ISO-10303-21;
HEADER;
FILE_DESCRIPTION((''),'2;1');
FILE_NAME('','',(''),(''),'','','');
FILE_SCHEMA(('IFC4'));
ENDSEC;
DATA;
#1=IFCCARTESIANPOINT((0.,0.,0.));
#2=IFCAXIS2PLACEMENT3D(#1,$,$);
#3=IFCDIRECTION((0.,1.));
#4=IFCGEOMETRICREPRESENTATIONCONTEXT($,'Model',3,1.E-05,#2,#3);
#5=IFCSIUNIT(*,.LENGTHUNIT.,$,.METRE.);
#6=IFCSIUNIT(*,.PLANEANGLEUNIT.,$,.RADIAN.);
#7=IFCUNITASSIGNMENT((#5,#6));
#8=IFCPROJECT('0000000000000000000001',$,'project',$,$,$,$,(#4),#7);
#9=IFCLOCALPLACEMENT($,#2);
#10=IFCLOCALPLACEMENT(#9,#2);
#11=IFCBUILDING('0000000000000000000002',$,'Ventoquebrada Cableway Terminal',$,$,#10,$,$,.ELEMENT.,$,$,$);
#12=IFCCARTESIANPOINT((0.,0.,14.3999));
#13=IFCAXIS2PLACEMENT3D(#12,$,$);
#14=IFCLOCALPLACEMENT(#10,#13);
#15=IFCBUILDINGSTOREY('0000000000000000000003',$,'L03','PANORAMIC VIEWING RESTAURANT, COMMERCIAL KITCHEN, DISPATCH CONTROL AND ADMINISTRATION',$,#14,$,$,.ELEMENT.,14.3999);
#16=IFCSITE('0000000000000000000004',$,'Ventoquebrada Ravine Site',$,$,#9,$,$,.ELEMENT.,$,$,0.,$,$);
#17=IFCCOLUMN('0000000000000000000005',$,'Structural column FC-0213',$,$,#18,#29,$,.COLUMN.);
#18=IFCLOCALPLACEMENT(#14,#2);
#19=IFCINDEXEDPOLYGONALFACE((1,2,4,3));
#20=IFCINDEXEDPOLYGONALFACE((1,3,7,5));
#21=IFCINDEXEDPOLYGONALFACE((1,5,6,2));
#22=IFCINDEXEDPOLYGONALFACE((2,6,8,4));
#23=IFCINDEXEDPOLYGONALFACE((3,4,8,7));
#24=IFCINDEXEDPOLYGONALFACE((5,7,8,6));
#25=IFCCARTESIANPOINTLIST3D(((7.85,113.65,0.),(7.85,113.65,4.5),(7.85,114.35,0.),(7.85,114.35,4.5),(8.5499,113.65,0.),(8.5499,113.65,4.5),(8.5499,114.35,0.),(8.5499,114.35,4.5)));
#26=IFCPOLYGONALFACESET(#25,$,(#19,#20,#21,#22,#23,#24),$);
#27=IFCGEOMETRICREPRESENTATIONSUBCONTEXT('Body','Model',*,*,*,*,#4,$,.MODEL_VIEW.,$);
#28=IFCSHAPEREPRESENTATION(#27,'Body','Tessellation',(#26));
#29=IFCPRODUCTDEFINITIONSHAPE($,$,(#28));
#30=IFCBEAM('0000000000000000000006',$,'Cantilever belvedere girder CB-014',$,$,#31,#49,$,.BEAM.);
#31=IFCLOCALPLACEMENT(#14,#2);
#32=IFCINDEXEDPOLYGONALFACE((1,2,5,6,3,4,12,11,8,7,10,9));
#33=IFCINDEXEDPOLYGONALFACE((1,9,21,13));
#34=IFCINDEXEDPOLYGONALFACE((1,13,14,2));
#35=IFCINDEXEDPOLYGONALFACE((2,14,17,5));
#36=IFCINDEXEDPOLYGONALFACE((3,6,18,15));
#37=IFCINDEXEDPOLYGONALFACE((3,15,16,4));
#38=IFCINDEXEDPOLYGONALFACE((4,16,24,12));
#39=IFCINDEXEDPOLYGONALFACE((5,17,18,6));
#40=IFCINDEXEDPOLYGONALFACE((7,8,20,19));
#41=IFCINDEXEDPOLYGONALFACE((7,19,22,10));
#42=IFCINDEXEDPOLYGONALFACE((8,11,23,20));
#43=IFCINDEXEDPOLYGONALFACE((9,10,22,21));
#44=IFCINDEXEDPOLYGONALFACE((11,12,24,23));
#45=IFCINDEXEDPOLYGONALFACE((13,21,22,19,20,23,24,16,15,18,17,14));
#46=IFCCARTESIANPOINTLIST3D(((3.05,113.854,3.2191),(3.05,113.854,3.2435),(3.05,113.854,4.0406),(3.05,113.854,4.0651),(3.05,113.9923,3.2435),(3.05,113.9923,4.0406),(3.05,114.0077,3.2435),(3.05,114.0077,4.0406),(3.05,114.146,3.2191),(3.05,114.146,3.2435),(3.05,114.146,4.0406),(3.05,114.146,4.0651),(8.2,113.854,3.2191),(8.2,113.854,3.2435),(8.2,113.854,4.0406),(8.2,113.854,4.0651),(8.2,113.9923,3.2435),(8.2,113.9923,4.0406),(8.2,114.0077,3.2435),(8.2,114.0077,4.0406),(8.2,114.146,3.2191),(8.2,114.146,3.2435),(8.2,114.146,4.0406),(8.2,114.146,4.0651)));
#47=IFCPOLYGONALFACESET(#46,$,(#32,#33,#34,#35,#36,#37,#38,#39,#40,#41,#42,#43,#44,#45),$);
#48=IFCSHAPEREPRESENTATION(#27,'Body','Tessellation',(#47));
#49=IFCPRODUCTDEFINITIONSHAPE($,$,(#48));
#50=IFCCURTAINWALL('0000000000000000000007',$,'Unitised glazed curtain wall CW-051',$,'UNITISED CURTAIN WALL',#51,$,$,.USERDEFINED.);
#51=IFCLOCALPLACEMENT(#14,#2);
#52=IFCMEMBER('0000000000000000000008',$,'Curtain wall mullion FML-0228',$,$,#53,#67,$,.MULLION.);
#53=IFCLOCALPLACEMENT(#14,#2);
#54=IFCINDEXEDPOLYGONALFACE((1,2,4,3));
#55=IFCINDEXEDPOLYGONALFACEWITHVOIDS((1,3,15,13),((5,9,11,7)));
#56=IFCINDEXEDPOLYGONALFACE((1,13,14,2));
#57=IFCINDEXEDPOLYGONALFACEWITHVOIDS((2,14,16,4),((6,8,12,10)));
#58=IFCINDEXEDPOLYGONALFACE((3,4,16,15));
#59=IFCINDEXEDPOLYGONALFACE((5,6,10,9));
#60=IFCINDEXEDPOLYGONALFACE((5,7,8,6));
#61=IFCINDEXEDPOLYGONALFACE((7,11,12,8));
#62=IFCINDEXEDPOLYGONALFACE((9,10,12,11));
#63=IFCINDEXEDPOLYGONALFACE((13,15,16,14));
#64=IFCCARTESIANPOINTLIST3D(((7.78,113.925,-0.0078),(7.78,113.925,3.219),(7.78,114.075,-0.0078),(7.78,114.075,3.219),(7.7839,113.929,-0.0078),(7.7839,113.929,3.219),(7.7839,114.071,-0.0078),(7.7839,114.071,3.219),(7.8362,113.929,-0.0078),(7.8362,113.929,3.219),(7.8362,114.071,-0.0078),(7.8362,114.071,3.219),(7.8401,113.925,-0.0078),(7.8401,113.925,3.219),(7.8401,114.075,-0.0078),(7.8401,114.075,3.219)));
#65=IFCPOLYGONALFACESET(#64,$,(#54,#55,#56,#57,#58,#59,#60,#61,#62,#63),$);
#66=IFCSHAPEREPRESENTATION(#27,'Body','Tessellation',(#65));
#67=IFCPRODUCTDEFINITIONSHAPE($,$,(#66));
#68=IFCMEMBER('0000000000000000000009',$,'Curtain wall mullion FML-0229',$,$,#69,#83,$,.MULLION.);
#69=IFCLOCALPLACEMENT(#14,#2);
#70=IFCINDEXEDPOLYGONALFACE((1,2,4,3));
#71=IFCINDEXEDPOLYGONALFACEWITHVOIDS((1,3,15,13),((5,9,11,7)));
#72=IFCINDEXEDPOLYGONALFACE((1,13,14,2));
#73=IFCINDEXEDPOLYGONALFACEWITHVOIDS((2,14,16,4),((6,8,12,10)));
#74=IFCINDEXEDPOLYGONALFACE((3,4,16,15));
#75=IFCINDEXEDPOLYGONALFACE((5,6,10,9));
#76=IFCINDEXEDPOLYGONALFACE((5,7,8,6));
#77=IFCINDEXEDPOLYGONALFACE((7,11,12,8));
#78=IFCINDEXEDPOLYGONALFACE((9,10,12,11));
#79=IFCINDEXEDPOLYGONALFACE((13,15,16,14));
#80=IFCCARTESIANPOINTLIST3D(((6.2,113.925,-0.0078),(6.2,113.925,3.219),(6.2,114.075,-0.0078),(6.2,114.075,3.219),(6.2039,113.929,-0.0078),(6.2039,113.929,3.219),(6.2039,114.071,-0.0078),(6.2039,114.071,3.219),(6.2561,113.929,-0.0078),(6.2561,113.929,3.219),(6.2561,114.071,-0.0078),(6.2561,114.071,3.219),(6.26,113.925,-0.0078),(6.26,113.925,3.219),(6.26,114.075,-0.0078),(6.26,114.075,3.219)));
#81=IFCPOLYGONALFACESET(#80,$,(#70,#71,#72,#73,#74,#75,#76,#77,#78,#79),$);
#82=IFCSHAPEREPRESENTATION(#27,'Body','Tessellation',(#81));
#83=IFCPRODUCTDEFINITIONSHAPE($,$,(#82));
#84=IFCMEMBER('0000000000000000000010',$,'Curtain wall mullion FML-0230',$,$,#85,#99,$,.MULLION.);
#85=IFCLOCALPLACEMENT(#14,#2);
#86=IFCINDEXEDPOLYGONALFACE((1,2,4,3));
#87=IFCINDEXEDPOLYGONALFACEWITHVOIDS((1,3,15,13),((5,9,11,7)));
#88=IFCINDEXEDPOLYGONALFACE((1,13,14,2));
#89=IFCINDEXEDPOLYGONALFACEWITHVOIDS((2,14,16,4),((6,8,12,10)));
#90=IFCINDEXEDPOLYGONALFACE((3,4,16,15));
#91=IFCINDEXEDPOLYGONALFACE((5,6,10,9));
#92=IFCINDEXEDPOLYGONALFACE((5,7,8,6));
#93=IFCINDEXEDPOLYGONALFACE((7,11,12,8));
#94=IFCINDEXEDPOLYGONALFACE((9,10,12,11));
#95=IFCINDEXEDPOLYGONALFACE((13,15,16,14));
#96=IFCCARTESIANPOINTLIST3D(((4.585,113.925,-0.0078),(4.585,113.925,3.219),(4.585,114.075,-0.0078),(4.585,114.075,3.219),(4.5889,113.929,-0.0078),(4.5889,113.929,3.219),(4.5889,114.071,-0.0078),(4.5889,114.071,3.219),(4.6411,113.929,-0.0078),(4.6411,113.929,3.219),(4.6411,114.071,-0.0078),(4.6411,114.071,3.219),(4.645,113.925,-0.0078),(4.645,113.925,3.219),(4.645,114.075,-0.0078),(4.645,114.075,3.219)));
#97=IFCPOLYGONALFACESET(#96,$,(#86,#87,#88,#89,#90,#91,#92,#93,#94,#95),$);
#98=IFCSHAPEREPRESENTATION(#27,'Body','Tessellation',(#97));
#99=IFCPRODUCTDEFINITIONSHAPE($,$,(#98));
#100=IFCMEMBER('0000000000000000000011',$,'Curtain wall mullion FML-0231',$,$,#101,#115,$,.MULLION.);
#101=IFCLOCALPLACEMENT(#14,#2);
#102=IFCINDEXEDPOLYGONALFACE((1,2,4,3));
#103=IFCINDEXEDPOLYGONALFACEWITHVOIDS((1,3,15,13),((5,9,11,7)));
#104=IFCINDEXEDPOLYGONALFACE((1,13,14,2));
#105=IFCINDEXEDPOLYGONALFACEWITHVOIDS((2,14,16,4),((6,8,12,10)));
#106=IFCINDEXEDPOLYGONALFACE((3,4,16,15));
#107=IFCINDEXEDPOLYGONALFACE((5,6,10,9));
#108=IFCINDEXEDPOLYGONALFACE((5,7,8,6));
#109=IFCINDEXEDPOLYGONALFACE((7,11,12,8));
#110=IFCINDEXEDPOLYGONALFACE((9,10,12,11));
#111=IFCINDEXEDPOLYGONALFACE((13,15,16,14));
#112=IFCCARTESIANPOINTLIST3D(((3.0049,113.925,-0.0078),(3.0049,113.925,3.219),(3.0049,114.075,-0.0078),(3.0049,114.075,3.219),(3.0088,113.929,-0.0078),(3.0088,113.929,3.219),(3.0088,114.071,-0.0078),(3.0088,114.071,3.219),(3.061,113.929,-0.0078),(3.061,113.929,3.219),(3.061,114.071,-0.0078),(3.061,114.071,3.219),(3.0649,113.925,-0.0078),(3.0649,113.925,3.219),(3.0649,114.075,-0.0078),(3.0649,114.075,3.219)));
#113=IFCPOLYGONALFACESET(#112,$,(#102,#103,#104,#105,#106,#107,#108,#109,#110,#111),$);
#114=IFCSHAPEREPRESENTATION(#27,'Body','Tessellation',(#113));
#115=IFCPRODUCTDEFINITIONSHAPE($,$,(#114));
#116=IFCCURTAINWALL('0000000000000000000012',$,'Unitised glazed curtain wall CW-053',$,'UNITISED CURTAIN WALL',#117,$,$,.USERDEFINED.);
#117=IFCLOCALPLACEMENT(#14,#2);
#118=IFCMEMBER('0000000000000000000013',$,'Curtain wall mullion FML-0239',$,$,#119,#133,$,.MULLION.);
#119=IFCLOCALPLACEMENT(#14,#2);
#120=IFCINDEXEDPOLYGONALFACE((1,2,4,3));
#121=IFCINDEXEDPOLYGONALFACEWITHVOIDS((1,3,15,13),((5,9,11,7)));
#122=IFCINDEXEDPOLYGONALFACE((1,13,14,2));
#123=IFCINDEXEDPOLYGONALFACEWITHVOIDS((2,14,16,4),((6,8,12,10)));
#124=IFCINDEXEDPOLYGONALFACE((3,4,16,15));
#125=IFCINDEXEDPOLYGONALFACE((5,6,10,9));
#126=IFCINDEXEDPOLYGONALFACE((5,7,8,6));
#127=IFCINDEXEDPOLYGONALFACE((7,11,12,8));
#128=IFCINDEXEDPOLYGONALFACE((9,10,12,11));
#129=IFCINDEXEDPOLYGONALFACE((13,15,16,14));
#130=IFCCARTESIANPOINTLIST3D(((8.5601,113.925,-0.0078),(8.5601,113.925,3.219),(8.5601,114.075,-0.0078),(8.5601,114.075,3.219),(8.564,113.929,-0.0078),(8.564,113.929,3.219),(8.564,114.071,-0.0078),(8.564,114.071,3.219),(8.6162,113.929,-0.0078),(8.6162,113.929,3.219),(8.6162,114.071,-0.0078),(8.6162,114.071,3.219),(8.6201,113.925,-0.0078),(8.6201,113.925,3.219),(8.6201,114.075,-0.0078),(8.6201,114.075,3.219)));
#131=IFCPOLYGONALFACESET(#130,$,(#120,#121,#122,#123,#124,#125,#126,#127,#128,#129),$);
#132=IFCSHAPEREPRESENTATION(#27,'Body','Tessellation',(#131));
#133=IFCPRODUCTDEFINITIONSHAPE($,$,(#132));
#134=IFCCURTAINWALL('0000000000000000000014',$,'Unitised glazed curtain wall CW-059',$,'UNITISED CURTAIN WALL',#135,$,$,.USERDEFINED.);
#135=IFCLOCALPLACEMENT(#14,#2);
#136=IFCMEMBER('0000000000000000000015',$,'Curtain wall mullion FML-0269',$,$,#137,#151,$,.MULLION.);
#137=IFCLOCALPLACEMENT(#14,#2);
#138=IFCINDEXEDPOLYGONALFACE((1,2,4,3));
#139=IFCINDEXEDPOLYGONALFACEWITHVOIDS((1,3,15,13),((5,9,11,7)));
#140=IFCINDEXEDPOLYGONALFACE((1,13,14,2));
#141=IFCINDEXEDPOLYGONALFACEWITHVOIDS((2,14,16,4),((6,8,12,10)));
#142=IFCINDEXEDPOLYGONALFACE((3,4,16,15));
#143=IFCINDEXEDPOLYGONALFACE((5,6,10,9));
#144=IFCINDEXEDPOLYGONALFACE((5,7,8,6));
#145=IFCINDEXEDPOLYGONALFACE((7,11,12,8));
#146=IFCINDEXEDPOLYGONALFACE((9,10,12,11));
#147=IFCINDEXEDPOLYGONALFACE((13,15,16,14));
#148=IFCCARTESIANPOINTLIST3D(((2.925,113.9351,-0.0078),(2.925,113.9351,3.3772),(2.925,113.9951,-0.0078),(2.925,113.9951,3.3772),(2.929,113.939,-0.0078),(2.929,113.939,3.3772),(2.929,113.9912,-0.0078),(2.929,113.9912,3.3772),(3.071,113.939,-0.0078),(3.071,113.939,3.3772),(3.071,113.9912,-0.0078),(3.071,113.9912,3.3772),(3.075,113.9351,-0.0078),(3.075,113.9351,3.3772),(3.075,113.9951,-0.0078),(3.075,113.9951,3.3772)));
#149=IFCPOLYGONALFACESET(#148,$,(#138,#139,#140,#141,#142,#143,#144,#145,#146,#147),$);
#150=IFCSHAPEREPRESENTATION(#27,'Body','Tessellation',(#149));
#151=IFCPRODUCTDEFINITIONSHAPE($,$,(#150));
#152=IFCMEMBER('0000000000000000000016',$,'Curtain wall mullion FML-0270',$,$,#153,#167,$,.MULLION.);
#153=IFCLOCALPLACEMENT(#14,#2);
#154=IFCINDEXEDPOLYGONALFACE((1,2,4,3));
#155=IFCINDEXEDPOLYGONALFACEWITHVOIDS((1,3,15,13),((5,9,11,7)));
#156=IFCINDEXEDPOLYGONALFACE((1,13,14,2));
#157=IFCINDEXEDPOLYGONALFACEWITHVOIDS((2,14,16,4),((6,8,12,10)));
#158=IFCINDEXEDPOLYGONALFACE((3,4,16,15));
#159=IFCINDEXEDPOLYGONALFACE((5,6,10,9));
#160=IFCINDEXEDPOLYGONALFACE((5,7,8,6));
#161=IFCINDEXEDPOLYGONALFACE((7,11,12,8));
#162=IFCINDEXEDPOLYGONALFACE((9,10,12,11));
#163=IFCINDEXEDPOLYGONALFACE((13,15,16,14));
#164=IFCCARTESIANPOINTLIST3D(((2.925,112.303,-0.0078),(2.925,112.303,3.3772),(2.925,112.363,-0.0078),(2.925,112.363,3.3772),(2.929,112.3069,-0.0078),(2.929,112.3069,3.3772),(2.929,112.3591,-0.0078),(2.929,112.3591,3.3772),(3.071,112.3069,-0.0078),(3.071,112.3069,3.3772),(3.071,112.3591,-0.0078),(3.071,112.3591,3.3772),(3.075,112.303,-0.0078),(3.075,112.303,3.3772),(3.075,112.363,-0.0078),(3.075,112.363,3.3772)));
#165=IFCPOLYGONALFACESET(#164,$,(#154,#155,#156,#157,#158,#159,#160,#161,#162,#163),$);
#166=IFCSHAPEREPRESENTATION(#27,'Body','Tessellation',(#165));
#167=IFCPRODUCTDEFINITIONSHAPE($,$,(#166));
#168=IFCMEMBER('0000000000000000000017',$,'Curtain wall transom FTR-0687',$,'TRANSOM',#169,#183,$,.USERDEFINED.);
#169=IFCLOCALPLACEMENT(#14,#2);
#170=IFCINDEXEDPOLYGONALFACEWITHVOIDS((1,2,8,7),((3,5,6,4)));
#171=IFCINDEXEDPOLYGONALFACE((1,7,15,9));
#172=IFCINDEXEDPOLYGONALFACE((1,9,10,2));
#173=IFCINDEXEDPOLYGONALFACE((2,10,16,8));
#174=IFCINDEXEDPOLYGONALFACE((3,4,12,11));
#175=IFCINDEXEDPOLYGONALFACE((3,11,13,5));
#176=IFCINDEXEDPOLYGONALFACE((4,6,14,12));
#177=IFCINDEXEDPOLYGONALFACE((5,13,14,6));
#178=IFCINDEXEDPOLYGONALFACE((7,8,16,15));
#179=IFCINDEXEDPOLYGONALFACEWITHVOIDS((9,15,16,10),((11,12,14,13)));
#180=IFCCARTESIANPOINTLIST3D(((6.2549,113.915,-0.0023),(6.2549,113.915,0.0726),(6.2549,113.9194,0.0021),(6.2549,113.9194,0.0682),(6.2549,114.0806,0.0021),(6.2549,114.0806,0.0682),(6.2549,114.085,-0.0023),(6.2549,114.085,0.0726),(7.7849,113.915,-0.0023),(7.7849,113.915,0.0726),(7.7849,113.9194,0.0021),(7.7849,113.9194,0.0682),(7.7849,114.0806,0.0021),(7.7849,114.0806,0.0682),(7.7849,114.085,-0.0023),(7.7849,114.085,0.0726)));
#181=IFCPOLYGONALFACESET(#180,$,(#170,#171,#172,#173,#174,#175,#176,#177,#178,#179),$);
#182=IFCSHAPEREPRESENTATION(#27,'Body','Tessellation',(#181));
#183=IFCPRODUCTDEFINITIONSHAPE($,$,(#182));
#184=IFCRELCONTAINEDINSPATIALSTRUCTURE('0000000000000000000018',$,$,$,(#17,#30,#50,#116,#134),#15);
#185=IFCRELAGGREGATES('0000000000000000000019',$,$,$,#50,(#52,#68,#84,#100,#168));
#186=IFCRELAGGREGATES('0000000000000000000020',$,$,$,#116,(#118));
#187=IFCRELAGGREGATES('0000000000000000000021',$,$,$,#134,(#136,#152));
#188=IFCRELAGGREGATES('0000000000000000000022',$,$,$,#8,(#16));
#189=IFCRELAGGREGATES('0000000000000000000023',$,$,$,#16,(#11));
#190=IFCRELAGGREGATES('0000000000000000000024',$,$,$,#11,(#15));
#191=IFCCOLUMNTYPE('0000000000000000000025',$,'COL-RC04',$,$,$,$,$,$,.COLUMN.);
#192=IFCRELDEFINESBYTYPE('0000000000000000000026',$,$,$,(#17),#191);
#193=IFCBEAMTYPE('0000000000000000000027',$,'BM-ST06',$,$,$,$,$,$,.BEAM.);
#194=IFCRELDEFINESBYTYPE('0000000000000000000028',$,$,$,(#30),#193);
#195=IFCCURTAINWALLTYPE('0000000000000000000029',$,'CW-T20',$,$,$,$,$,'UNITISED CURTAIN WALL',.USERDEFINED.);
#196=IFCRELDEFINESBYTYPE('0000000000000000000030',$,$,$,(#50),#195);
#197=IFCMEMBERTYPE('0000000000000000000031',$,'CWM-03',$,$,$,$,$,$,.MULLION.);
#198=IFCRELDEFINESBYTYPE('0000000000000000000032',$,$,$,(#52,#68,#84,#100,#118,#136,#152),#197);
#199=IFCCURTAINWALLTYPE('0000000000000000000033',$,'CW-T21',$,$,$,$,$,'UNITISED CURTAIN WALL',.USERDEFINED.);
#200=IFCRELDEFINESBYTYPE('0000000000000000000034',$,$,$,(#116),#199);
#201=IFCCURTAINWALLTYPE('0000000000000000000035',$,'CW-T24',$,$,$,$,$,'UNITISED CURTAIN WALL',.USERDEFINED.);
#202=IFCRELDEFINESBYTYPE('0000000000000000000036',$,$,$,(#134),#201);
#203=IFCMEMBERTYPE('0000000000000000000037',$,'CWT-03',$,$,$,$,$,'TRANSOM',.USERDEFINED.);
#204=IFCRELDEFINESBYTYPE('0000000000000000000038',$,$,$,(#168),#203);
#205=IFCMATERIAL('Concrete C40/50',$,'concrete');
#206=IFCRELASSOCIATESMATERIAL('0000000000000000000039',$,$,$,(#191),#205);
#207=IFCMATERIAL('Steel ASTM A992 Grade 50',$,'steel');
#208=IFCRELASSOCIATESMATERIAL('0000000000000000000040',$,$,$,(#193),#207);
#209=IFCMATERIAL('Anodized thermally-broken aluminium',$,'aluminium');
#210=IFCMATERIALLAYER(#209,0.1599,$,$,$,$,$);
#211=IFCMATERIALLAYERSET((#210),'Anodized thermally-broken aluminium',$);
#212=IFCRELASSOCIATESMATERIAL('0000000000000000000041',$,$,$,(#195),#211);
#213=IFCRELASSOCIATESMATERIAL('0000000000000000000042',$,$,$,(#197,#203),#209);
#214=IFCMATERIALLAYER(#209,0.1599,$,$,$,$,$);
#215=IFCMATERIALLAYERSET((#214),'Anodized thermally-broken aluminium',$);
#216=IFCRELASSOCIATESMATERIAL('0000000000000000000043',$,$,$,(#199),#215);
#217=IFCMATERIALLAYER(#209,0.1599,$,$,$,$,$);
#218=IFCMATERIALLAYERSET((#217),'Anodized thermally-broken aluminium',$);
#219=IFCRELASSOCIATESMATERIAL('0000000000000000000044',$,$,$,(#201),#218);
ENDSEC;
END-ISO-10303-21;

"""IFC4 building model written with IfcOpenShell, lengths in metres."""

from ifc_helpers import new_model, si_unit, direction, frame, origin, origin_2d, place, context, subcontext, project, spatial, rectangle, hollow_rectangle, i_section, extrude, material, layer, layer_set, material_profile, profile_set, type_object, element, aggregate, save


model = new_model("IFC4")

# Units and contexts
model_context = context("Model", 3, precision=1e-05, world=origin(), true_north=direction((0.0, 1.0)))
body_context = subcontext(model_context, "Body", "Model", "MODEL_VIEW")
ifc_project = project(units=[si_unit("LENGTHUNIT", "METRE"), si_unit("PLANEANGLEUNIT", "RADIAN")], contexts=[model_context])

# Site, building, storey
site_placement = place(None, origin())
site = spatial("IfcSite", under=ifc_project, at=site_placement, Name="Ventoquebrada Ravine Site", CompositionType="ELEMENT", RefElevation=0.0)
building_placement = place(site_placement, origin())
building = spatial("IfcBuilding", under=site, at=building_placement, Name="Ventoquebrada Cableway Terminal", CompositionType="ELEMENT")
storey_placement = place(building_placement, frame((0.0, 0.0, 14.3999)))
storey = spatial("IfcBuildingStorey", under=building, at=storey_placement, Name="L03", Description="PANORAMIC VIEWING RESTAURANT, COMMERCIAL KITCHEN, DISPATCH CONTROL AND ADMINISTRATION", CompositionType="ELEMENT", Elevation=14.3999)

# Column
ifc_material_1 = material(Name="Concrete C40/50", Category="concrete")
ifc_material_profile_1 = material_profile(ifc_material_1, rectangle(XDim=0.7, YDim=0.7, at=origin_2d()), Name="RC-COL-700X700")
ifc_profile_set_1 = profile_set([ifc_material_profile_1], Name="Concrete C40/50")
column_type = type_object("IfcColumnType", Name="COL-RC04", PredefinedType="COLUMN", material=ifc_profile_set_1)
column_placement = place(storey_placement, frame((8.2, 114.0, 0.0), z_axis=(0.0, 0.0, 1.0), x_axis=(1.0, 0.0, 0.0)))
element("IfcColumn", 1, at=column_placement, inside=storey, type_object=column_type, Name="Structural column FC-0213", PredefinedType="COLUMN", context=body_context, shape_type="SweptSolid", body=[
    extrude(rectangle(XDim=0.7, YDim=0.7, at=origin_2d()), origin(), (0.0, 0.0, 1.0), 4.5),
])

# Beam
ifc_material_2 = material(Name="Steel ASTM A992 Grade 50", Category="steel")
ifc_material_profile_2 = material_profile(ifc_material_2, i_section(OverallWidth=0.292, OverallDepth=0.8459, WebThickness=0.0154, FlangeThickness=0.0244, at=origin_2d()), Name="W33X141")
ifc_profile_set_2 = profile_set([ifc_material_profile_2], Name="Steel ASTM A992 Grade 50")
beam_type_1 = type_object("IfcBeamType", Name="BM-ST06", PredefinedType="BEAM", material=ifc_profile_set_2)
beam_1_placement = place(storey_placement, frame((3.05, 114.0, 3.6421), z_axis=(1.0, 0.0, 0.0), x_axis=(0.0, 1.0, 0.0)))
element("IfcBeam", 2, at=beam_1_placement, inside=storey, type_object=beam_type_1, Name="Cantilever belvedere girder CB-014", PredefinedType="BEAM", context=body_context, shape_type="SweptSolid", body=[
    extrude(i_section(OverallWidth=0.292, OverallDepth=0.8459, WebThickness=0.0154, FlangeThickness=0.0244, at=origin_2d()), origin(), (0.0, 0.0, 1.0), 5.1499),
])

# Curtain wall, members
ifc_material_3 = material(Name="Anodized thermally-broken aluminium", Category="aluminium")
ifc_layer_1 = layer(ifc_material_3, 0.1599)
ifc_layer_set_1 = layer_set([ifc_layer_1], Name="Anodized thermally-broken aluminium")
curtain_wall_type_1 = type_object("IfcCurtainWallType", Name="CW-T20", ElementType="UNITISED CURTAIN WALL", PredefinedType="USERDEFINED", material=ifc_layer_set_1)
curtain_wall_1_placement = place(storey_placement, origin())
curtain_wall_1 = element("IfcCurtainWall", 3, at=curtain_wall_1_placement, inside=storey, type_object=curtain_wall_type_1, Name="Unitised glazed curtain wall CW-051", ObjectType="UNITISED CURTAIN WALL", PredefinedType="USERDEFINED")
ifc_material_profile_3 = material_profile(ifc_material_3, hollow_rectangle(XDim=0.0601, YDim=0.1499, WallThickness=0.0039, at=origin_2d()), Name="CW-MUL-60X150")
ifc_profile_set_3 = profile_set([ifc_material_profile_3], Name="Anodized thermally-broken aluminium")
member_type_1 = type_object("IfcMemberType", Name="CWM-03", PredefinedType="MULLION", material=ifc_profile_set_3)
member_1_placement = place(storey_placement, frame((7.8101, 114.0, -0.0078), z_axis=(0.0, 0.0, 1.0), x_axis=(-1.0, 0.0, 0.0)))
member_1 = element("IfcMember", 4, at=member_1_placement, type_object=member_type_1, Name="Curtain wall mullion FML-0228", PredefinedType="MULLION", context=body_context, shape_type="SweptSolid", body=[
    extrude(hollow_rectangle(XDim=0.0601, YDim=0.1499, WallThickness=0.0039, at=origin_2d()), origin(), (0.0, 0.0, 1.0), 3.2268),
])
member_2_placement = place(storey_placement, frame((6.23, 114.0, -0.0078), z_axis=(0.0, 0.0, 1.0), x_axis=(-1.0, 0.0, 0.0)))
member_2 = element("IfcMember", 5, at=member_2_placement, type_object=member_type_1, Name="Curtain wall mullion FML-0229", PredefinedType="MULLION", context=body_context, shape_type="SweptSolid", body=[
    extrude(hollow_rectangle(XDim=0.0601, YDim=0.1499, WallThickness=0.0039, at=origin_2d()), origin(), (0.0, 0.0, 1.0), 3.2268),
])
member_3_placement = place(storey_placement, frame((4.615, 114.0, -0.0078), z_axis=(0.0, 0.0, 1.0), x_axis=(-1.0, 0.0, 0.0)))
member_3 = element("IfcMember", 6, at=member_3_placement, type_object=member_type_1, Name="Curtain wall mullion FML-0230", PredefinedType="MULLION", context=body_context, shape_type="SweptSolid", body=[
    extrude(hollow_rectangle(XDim=0.0601, YDim=0.1499, WallThickness=0.0039, at=origin_2d()), origin(), (0.0, 0.0, 1.0), 3.2268),
])
member_4_placement = place(storey_placement, frame((3.0349, 114.0, -0.0078), z_axis=(0.0, 0.0, 1.0), x_axis=(-1.0, 0.0, 0.0)))
member_4 = element("IfcMember", 7, at=member_4_placement, type_object=member_type_1, Name="Curtain wall mullion FML-0231", PredefinedType="MULLION", context=body_context, shape_type="SweptSolid", body=[
    extrude(hollow_rectangle(XDim=0.0601, YDim=0.1499, WallThickness=0.0039, at=origin_2d()), origin(), (0.0, 0.0, 1.0), 3.2268),
])

# Curtain wall, member
ifc_layer_2 = layer(ifc_material_3, 0.1599)
ifc_layer_set_2 = layer_set([ifc_layer_2], Name="Anodized thermally-broken aluminium")
curtain_wall_type_2 = type_object("IfcCurtainWallType", Name="CW-T21", ElementType="UNITISED CURTAIN WALL", PredefinedType="USERDEFINED", material=ifc_layer_set_2)
curtain_wall_2_placement = place(storey_placement, origin())
curtain_wall_2 = element("IfcCurtainWall", 8, at=curtain_wall_2_placement, inside=storey, type_object=curtain_wall_type_2, Name="Unitised glazed curtain wall CW-053", ObjectType="UNITISED CURTAIN WALL", PredefinedType="USERDEFINED")
member_5_placement = place(storey_placement, frame((8.5901, 114.0, -0.0078), z_axis=(0.0, 0.0, 1.0), x_axis=(-1.0, 0.0, 0.0)))
member_5 = element("IfcMember", 9, at=member_5_placement, type_object=member_type_1, Name="Curtain wall mullion FML-0239", PredefinedType="MULLION", context=body_context, shape_type="SweptSolid", body=[
    extrude(hollow_rectangle(XDim=0.0601, YDim=0.1499, WallThickness=0.0039, at=origin_2d()), origin(), (0.0, 0.0, 1.0), 3.2268),
])

# Curtain wall, members
ifc_layer_3 = layer(ifc_material_3, 0.1599)
ifc_layer_set_3 = layer_set([ifc_layer_3], Name="Anodized thermally-broken aluminium")
curtain_wall_type_3 = type_object("IfcCurtainWallType", Name="CW-T24", ElementType="UNITISED CURTAIN WALL", PredefinedType="USERDEFINED", material=ifc_layer_set_3)
curtain_wall_3_placement = place(storey_placement, origin())
curtain_wall_3 = element("IfcCurtainWall", 10, at=curtain_wall_3_placement, inside=storey, type_object=curtain_wall_type_3, Name="Unitised glazed curtain wall CW-059", ObjectType="UNITISED CURTAIN WALL", PredefinedType="USERDEFINED")
member_6_placement = place(storey_placement, frame((3.0, 113.9651, -0.0078), z_axis=(0.0, 0.0, 1.0), x_axis=(0.0, -1.0, 0.0)))
member_6 = element("IfcMember", 11, at=member_6_placement, type_object=member_type_1, Name="Curtain wall mullion FML-0269", PredefinedType="MULLION", context=body_context, shape_type="SweptSolid", body=[
    extrude(hollow_rectangle(XDim=0.0601, YDim=0.1499, WallThickness=0.0039, at=origin_2d()), origin(), (0.0, 0.0, 1.0), 3.385),
])
member_7_placement = place(storey_placement, frame((3.0, 112.333, -0.0078), z_axis=(0.0, 0.0, 1.0), x_axis=(0.0, -1.0, 0.0)))
member_7 = element("IfcMember", 12, at=member_7_placement, type_object=member_type_1, Name="Curtain wall mullion FML-0270", PredefinedType="MULLION", context=body_context, shape_type="SweptSolid", body=[
    extrude(hollow_rectangle(XDim=0.0601, YDim=0.1499, WallThickness=0.0039, at=origin_2d()), origin(), (0.0, 0.0, 1.0), 3.385),
])

# Member
ifc_material_profile_4 = material_profile(ifc_material_3, hollow_rectangle(XDim=0.075, YDim=0.1699, WallThickness=0.0044, at=origin_2d()), Name="CW-TRN-75X170")
ifc_profile_set_4 = profile_set([ifc_material_profile_4], Name="Anodized thermally-broken aluminium")
member_type_2 = type_object("IfcMemberType", Name="CWT-03", ElementType="TRANSOM", PredefinedType="USERDEFINED", material=ifc_profile_set_4)
member_8_placement = place(storey_placement, frame((7.7849, 114.0, 0.0352), z_axis=(-1.0, 0.0, 0.0), x_axis=(0.0, 0.0, 1.0)))
member_8 = element("IfcMember", 13, at=member_8_placement, type_object=member_type_2, Name="Curtain wall transom FTR-0687", ObjectType="TRANSOM", PredefinedType="USERDEFINED", context=body_context, shape_type="SweptSolid", body=[
    extrude(hollow_rectangle(XDim=0.075, YDim=0.1699, WallThickness=0.0044, at=origin_2d()), origin(), (0.0, 0.0, 1.0), 1.53),
])

aggregate(curtain_wall_1, [member_1, member_2, member_3, member_4, member_8])
aggregate(curtain_wall_2, [member_5])
aggregate(curtain_wall_3, [member_6, member_7])

save(model, "model.ifc")
